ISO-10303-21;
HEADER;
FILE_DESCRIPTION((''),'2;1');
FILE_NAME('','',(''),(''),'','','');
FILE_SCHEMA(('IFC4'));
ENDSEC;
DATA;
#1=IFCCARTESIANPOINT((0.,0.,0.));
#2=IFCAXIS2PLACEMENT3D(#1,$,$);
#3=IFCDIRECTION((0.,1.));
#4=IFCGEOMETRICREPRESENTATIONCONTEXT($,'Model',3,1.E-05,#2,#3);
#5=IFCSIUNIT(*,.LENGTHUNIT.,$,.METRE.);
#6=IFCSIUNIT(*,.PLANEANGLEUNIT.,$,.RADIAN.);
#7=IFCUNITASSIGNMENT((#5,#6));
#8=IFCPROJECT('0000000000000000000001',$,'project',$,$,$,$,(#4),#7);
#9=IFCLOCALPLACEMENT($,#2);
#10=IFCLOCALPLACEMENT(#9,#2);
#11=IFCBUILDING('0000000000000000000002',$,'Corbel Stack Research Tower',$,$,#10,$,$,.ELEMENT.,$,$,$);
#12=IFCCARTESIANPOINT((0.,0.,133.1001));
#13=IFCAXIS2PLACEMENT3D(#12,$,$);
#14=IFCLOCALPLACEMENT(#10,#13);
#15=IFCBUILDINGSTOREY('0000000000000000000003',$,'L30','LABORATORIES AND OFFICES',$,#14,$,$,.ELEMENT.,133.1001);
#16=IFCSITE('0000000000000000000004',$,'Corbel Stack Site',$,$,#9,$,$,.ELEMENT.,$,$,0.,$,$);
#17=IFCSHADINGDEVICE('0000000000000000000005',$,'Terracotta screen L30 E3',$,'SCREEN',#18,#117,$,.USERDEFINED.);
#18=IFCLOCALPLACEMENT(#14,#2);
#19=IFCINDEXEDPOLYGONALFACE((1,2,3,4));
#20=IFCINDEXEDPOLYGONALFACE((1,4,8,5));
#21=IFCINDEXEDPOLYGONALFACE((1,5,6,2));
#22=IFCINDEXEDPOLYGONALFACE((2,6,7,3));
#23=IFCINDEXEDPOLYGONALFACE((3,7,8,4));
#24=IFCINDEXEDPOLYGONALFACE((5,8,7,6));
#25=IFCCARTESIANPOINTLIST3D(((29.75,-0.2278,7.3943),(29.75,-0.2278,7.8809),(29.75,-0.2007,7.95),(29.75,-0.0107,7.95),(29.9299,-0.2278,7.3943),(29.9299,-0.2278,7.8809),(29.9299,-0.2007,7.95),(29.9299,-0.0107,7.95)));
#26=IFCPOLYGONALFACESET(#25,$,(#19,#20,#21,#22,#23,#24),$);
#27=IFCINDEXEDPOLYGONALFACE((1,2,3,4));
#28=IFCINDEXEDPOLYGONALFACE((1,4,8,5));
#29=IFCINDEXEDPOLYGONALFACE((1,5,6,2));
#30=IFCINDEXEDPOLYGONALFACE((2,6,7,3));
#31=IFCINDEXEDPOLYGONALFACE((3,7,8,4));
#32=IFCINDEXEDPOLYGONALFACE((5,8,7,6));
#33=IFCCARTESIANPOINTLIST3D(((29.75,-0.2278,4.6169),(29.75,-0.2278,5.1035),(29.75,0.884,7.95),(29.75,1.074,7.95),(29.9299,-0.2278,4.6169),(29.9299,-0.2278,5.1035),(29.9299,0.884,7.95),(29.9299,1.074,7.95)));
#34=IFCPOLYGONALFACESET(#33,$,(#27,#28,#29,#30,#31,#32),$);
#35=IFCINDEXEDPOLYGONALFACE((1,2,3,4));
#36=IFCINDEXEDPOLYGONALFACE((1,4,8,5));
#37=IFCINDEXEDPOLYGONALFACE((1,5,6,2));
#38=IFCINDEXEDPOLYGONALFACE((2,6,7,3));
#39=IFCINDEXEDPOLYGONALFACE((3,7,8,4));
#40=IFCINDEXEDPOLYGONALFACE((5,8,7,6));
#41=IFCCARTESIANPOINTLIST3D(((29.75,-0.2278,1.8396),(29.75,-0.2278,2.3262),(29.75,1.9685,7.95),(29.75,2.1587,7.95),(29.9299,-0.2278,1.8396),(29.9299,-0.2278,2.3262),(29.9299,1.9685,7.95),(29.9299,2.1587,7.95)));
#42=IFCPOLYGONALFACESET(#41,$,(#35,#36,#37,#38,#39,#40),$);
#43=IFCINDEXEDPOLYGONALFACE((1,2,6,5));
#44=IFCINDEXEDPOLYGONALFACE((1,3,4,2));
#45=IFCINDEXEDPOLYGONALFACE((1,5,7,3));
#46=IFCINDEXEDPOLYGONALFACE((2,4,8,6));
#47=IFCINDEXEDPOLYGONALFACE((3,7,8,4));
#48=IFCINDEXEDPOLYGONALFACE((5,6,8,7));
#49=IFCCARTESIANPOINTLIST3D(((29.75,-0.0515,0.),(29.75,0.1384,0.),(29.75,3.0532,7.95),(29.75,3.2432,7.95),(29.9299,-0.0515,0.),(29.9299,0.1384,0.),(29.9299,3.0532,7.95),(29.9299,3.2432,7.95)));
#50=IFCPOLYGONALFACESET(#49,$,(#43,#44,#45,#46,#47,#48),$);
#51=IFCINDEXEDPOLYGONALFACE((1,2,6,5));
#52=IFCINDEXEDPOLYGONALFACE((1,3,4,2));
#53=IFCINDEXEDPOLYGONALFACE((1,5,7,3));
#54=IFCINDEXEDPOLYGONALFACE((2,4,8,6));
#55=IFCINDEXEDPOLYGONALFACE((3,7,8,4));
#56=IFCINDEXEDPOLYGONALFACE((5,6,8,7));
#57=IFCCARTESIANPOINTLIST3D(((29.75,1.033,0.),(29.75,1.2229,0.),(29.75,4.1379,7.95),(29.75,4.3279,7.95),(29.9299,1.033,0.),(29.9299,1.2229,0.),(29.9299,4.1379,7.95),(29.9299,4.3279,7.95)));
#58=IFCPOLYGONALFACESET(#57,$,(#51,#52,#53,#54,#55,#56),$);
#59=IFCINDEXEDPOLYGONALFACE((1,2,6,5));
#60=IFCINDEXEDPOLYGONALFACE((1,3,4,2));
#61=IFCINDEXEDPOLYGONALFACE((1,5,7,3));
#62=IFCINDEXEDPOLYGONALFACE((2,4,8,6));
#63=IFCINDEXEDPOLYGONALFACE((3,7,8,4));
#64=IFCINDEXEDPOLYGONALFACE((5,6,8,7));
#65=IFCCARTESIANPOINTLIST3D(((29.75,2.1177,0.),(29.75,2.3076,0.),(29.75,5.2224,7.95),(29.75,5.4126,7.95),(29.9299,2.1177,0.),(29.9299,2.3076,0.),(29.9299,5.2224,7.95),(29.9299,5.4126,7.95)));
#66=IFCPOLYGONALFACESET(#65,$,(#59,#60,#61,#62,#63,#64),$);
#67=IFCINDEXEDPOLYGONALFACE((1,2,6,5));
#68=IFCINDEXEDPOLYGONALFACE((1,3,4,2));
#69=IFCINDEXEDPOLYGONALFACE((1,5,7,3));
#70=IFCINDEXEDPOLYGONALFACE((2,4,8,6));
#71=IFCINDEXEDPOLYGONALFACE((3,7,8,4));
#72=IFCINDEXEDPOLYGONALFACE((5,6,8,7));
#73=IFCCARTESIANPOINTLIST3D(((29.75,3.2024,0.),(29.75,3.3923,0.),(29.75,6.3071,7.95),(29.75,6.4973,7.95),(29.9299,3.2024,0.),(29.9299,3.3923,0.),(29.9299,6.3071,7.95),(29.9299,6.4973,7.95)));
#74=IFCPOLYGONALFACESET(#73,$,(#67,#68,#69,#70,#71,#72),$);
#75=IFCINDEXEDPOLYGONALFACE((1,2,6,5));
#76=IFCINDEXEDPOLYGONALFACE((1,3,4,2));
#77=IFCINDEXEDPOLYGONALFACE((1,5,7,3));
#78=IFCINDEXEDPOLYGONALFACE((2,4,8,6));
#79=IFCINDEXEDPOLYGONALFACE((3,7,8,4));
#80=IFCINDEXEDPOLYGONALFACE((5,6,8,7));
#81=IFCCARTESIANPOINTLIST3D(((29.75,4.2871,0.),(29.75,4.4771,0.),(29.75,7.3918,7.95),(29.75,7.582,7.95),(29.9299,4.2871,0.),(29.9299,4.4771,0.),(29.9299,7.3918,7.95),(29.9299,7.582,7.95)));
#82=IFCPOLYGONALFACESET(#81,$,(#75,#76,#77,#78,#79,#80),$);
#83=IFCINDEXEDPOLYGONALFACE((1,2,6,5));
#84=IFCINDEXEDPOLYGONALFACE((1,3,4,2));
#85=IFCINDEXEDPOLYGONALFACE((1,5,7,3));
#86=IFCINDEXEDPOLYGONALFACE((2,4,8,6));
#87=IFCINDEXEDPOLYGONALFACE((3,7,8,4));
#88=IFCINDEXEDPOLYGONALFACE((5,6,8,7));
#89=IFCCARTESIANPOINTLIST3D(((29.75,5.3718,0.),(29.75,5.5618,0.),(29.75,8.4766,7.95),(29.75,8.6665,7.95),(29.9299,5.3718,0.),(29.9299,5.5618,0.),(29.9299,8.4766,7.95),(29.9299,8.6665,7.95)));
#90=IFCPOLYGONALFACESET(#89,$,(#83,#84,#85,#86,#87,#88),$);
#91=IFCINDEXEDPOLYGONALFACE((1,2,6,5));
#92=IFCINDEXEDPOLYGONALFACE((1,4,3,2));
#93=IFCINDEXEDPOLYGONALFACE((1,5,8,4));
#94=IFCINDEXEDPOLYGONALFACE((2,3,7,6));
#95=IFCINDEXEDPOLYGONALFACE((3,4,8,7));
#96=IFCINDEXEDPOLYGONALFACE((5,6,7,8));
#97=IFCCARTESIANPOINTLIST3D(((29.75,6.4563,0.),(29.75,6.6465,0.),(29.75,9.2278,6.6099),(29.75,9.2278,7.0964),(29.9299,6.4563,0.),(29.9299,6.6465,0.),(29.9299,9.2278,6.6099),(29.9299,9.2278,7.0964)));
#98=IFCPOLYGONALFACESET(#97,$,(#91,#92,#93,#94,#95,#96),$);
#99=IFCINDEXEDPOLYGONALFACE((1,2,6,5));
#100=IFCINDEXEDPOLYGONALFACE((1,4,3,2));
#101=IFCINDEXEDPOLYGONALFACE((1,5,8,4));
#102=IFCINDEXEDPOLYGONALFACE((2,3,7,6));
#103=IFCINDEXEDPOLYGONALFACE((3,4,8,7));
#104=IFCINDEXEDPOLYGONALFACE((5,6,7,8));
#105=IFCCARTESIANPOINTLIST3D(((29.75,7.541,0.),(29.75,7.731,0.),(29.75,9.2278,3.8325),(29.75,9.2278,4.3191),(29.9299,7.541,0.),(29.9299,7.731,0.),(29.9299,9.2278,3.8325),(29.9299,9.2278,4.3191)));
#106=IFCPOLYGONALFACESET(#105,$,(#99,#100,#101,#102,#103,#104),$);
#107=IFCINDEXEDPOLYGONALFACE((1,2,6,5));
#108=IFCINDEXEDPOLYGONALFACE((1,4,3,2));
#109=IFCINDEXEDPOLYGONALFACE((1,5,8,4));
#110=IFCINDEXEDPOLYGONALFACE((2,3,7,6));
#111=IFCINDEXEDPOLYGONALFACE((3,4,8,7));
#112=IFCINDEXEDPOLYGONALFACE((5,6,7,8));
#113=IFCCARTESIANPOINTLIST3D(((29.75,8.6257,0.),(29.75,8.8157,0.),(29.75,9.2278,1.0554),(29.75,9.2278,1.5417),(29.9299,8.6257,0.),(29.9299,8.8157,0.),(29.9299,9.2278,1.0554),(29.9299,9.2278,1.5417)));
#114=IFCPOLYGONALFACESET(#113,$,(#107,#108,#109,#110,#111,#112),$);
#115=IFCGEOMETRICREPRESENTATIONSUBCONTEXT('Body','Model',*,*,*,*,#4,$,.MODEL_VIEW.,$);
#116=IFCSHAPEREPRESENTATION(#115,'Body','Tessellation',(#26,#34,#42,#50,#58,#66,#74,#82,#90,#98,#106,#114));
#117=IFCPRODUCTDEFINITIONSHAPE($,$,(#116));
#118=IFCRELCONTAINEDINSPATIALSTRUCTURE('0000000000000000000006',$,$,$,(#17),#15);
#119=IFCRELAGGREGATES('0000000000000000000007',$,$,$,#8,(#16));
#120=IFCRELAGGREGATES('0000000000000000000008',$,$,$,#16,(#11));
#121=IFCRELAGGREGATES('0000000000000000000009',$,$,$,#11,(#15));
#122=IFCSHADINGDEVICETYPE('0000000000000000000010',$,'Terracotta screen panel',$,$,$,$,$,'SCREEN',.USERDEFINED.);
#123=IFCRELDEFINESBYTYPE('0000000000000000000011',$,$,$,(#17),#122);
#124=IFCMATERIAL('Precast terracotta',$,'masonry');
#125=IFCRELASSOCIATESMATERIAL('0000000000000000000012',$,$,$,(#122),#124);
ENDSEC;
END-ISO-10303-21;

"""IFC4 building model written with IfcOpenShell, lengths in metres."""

from ifc_helpers import new_model, si_unit, direction, frame, origin, place, context, subcontext, project, spatial, polyline, outline, extrude, source, transform, mapped, material, type_object, element, save


model = new_model("IFC4")

# Units and contexts
model_context = context("Model", 3, precision=1e-05, world=origin(), true_north=direction((0.0, 1.0)))
body_context = subcontext(model_context, "Body", "Model", "MODEL_VIEW")
ifc_project = project(units=[si_unit("LENGTHUNIT", "METRE"), si_unit("PLANEANGLEUNIT", "RADIAN")], contexts=[model_context])

# Site, building, storey
site_placement = place(None, origin())
site = spatial("IfcSite", under=ifc_project, at=site_placement, Name="Corbel Stack Site", CompositionType="ELEMENT", RefElevation=0.0)
building_placement = place(site_placement, origin())
building = spatial("IfcBuilding", under=site, at=building_placement, Name="Corbel Stack Research Tower", CompositionType="ELEMENT")
storey_placement = place(building_placement, frame((0.0, 0.0, 133.1001)))
storey = spatial("IfcBuildingStorey", under=building, at=storey_placement, Name="L30", Description="LABORATORIES AND OFFICES", CompositionType="ELEMENT", Elevation=133.1001)

# Shading device
ifc_material_1 = material(Name="Precast terracotta", Category="masonry")
shading_device_type = type_object("IfcShadingDeviceType", Name="Terracotta screen panel", ElementType="SCREEN", PredefinedType="USERDEFINED", material=ifc_material_1)
shared_shape_1 = source(origin(), body_context, "Body", "SweptSolid", [
    extrude(outline(polyline([(0.217, 7.95), (0.0271, 7.95), (0.0, 7.8809), (0.0, 7.3943), (0.217, 7.95)])), frame((0.0, 0.0, 0.0), z_axis=(0.0, -1.0, 0.0), x_axis=(1.0, 0.0, 0.0)), (0.0, 0.0, 1.0), 0.1799),
    extrude(outline(polyline([(1.3018, 7.95), (1.1118, 7.95), (0.0, 5.1035), (0.0, 4.6169), (1.3018, 7.95)])), frame((0.0, 0.0, 0.0), z_axis=(0.0, -1.0, 0.0), x_axis=(1.0, 0.0, 0.0)), (0.0, 0.0, 1.0), 0.1799),
    extrude(outline(polyline([(2.3865, 7.95), (2.1963, 7.95), (0.0, 2.3262), (0.0, 1.8396), (2.3865, 7.95)])), frame((0.0, 0.0, 0.0), z_axis=(0.0, -1.0, 0.0), x_axis=(1.0, 0.0, 0.0)), (0.0, 0.0, 1.0), 0.1799),
    extrude(outline(polyline([(0.3662, 0.0), (3.4709, 7.95), (3.281, 7.95), (0.1763, 0.0), (0.3662, 0.0)])), frame((0.0, 0.0, 0.0), z_axis=(0.0, -1.0, 0.0), x_axis=(1.0, 0.0, 0.0)), (0.0, 0.0, 1.0), 0.1799),
    extrude(outline(polyline([(1.4507, 0.0), (4.5557, 7.95), (4.3657, 7.95), (1.2607, 0.0), (1.4507, 0.0)])), frame((0.0, 0.0, 0.0), z_axis=(0.0, -1.0, 0.0), x_axis=(1.0, 0.0, 0.0)), (0.0, 0.0, 1.0), 0.1799),
    extrude(outline(polyline([(2.5354, 0.0), (5.6404, 7.95), (5.4502, 7.95), (2.3455, 0.0), (2.5354, 0.0)])), frame((0.0, 0.0, 0.0), z_axis=(0.0, -1.0, 0.0), x_axis=(1.0, 0.0, 0.0)), (0.0, 0.0, 1.0), 0.1799),
    extrude(outline(polyline([(3.6201, 0.0), (6.7251, 7.95), (6.5349, 7.95), (3.4302, 0.0), (3.6201, 0.0)])), frame((0.0, 0.0, 0.0), z_axis=(0.0, -1.0, 0.0), x_axis=(1.0, 0.0, 0.0)), (0.0, 0.0, 1.0), 0.1799),
    extrude(outline(polyline([(4.7048, 0.0), (7.8098, 7.95), (7.6196, 7.95), (4.5149, 0.0), (4.7048, 0.0)])), frame((0.0, 0.0, 0.0), z_axis=(0.0, -1.0, 0.0), x_axis=(1.0, 0.0, 0.0)), (0.0, 0.0, 1.0), 0.1799),
    extrude(outline(polyline([(5.7896, 0.0), (8.8943, 7.95), (8.7043, 7.95), (5.5996, 0.0), (5.7896, 0.0)])), frame((0.0, 0.0, 0.0), z_axis=(0.0, -1.0, 0.0), x_axis=(1.0, 0.0, 0.0)), (0.0, 0.0, 1.0), 0.1799),
    extrude(outline(polyline([(6.8743, 0.0), (9.4556, 6.6099), (9.4556, 7.0964), (6.6841, 0.0), (6.8743, 0.0)])), frame((0.0, 0.0, 0.0), z_axis=(0.0, -1.0, 0.0), x_axis=(1.0, 0.0, 0.0)), (0.0, 0.0, 1.0), 0.1799),
    extrude(outline(polyline([(7.9587, 0.0), (9.4556, 3.8325), (9.4556, 4.3191), (7.7688, 0.0), (7.9587, 0.0)])), frame((0.0, 0.0, 0.0), z_axis=(0.0, -1.0, 0.0), x_axis=(1.0, 0.0, 0.0)), (0.0, 0.0, 1.0), 0.1799),
    extrude(outline(polyline([(9.0435, 0.0), (9.4556, 1.0554), (9.4556, 1.5417), (8.8535, 0.0), (9.0435, 0.0)])), frame((0.0, 0.0, 0.0), z_axis=(0.0, -1.0, 0.0), x_axis=(1.0, 0.0, 0.0)), (0.0, 0.0, 1.0), 0.1799),
])
shading_device_1_placement = place(storey_placement, frame((29.75, -0.2278, 0.0), z_axis=(0.0, 0.0, 1.0), x_axis=(0.0, 1.0, 0.0)))
element("IfcShadingDevice", 1, at=shading_device_1_placement, inside=storey, type_object=shading_device_type, Name="Terracotta screen L30 E3", ObjectType="SCREEN", PredefinedType="USERDEFINED", context=body_context, shape_type="MappedRepresentation", body=[
    mapped(shared_shape_1, transform((0.0, 0.0, 0.0))),
])

save(model, "model.ifc")
